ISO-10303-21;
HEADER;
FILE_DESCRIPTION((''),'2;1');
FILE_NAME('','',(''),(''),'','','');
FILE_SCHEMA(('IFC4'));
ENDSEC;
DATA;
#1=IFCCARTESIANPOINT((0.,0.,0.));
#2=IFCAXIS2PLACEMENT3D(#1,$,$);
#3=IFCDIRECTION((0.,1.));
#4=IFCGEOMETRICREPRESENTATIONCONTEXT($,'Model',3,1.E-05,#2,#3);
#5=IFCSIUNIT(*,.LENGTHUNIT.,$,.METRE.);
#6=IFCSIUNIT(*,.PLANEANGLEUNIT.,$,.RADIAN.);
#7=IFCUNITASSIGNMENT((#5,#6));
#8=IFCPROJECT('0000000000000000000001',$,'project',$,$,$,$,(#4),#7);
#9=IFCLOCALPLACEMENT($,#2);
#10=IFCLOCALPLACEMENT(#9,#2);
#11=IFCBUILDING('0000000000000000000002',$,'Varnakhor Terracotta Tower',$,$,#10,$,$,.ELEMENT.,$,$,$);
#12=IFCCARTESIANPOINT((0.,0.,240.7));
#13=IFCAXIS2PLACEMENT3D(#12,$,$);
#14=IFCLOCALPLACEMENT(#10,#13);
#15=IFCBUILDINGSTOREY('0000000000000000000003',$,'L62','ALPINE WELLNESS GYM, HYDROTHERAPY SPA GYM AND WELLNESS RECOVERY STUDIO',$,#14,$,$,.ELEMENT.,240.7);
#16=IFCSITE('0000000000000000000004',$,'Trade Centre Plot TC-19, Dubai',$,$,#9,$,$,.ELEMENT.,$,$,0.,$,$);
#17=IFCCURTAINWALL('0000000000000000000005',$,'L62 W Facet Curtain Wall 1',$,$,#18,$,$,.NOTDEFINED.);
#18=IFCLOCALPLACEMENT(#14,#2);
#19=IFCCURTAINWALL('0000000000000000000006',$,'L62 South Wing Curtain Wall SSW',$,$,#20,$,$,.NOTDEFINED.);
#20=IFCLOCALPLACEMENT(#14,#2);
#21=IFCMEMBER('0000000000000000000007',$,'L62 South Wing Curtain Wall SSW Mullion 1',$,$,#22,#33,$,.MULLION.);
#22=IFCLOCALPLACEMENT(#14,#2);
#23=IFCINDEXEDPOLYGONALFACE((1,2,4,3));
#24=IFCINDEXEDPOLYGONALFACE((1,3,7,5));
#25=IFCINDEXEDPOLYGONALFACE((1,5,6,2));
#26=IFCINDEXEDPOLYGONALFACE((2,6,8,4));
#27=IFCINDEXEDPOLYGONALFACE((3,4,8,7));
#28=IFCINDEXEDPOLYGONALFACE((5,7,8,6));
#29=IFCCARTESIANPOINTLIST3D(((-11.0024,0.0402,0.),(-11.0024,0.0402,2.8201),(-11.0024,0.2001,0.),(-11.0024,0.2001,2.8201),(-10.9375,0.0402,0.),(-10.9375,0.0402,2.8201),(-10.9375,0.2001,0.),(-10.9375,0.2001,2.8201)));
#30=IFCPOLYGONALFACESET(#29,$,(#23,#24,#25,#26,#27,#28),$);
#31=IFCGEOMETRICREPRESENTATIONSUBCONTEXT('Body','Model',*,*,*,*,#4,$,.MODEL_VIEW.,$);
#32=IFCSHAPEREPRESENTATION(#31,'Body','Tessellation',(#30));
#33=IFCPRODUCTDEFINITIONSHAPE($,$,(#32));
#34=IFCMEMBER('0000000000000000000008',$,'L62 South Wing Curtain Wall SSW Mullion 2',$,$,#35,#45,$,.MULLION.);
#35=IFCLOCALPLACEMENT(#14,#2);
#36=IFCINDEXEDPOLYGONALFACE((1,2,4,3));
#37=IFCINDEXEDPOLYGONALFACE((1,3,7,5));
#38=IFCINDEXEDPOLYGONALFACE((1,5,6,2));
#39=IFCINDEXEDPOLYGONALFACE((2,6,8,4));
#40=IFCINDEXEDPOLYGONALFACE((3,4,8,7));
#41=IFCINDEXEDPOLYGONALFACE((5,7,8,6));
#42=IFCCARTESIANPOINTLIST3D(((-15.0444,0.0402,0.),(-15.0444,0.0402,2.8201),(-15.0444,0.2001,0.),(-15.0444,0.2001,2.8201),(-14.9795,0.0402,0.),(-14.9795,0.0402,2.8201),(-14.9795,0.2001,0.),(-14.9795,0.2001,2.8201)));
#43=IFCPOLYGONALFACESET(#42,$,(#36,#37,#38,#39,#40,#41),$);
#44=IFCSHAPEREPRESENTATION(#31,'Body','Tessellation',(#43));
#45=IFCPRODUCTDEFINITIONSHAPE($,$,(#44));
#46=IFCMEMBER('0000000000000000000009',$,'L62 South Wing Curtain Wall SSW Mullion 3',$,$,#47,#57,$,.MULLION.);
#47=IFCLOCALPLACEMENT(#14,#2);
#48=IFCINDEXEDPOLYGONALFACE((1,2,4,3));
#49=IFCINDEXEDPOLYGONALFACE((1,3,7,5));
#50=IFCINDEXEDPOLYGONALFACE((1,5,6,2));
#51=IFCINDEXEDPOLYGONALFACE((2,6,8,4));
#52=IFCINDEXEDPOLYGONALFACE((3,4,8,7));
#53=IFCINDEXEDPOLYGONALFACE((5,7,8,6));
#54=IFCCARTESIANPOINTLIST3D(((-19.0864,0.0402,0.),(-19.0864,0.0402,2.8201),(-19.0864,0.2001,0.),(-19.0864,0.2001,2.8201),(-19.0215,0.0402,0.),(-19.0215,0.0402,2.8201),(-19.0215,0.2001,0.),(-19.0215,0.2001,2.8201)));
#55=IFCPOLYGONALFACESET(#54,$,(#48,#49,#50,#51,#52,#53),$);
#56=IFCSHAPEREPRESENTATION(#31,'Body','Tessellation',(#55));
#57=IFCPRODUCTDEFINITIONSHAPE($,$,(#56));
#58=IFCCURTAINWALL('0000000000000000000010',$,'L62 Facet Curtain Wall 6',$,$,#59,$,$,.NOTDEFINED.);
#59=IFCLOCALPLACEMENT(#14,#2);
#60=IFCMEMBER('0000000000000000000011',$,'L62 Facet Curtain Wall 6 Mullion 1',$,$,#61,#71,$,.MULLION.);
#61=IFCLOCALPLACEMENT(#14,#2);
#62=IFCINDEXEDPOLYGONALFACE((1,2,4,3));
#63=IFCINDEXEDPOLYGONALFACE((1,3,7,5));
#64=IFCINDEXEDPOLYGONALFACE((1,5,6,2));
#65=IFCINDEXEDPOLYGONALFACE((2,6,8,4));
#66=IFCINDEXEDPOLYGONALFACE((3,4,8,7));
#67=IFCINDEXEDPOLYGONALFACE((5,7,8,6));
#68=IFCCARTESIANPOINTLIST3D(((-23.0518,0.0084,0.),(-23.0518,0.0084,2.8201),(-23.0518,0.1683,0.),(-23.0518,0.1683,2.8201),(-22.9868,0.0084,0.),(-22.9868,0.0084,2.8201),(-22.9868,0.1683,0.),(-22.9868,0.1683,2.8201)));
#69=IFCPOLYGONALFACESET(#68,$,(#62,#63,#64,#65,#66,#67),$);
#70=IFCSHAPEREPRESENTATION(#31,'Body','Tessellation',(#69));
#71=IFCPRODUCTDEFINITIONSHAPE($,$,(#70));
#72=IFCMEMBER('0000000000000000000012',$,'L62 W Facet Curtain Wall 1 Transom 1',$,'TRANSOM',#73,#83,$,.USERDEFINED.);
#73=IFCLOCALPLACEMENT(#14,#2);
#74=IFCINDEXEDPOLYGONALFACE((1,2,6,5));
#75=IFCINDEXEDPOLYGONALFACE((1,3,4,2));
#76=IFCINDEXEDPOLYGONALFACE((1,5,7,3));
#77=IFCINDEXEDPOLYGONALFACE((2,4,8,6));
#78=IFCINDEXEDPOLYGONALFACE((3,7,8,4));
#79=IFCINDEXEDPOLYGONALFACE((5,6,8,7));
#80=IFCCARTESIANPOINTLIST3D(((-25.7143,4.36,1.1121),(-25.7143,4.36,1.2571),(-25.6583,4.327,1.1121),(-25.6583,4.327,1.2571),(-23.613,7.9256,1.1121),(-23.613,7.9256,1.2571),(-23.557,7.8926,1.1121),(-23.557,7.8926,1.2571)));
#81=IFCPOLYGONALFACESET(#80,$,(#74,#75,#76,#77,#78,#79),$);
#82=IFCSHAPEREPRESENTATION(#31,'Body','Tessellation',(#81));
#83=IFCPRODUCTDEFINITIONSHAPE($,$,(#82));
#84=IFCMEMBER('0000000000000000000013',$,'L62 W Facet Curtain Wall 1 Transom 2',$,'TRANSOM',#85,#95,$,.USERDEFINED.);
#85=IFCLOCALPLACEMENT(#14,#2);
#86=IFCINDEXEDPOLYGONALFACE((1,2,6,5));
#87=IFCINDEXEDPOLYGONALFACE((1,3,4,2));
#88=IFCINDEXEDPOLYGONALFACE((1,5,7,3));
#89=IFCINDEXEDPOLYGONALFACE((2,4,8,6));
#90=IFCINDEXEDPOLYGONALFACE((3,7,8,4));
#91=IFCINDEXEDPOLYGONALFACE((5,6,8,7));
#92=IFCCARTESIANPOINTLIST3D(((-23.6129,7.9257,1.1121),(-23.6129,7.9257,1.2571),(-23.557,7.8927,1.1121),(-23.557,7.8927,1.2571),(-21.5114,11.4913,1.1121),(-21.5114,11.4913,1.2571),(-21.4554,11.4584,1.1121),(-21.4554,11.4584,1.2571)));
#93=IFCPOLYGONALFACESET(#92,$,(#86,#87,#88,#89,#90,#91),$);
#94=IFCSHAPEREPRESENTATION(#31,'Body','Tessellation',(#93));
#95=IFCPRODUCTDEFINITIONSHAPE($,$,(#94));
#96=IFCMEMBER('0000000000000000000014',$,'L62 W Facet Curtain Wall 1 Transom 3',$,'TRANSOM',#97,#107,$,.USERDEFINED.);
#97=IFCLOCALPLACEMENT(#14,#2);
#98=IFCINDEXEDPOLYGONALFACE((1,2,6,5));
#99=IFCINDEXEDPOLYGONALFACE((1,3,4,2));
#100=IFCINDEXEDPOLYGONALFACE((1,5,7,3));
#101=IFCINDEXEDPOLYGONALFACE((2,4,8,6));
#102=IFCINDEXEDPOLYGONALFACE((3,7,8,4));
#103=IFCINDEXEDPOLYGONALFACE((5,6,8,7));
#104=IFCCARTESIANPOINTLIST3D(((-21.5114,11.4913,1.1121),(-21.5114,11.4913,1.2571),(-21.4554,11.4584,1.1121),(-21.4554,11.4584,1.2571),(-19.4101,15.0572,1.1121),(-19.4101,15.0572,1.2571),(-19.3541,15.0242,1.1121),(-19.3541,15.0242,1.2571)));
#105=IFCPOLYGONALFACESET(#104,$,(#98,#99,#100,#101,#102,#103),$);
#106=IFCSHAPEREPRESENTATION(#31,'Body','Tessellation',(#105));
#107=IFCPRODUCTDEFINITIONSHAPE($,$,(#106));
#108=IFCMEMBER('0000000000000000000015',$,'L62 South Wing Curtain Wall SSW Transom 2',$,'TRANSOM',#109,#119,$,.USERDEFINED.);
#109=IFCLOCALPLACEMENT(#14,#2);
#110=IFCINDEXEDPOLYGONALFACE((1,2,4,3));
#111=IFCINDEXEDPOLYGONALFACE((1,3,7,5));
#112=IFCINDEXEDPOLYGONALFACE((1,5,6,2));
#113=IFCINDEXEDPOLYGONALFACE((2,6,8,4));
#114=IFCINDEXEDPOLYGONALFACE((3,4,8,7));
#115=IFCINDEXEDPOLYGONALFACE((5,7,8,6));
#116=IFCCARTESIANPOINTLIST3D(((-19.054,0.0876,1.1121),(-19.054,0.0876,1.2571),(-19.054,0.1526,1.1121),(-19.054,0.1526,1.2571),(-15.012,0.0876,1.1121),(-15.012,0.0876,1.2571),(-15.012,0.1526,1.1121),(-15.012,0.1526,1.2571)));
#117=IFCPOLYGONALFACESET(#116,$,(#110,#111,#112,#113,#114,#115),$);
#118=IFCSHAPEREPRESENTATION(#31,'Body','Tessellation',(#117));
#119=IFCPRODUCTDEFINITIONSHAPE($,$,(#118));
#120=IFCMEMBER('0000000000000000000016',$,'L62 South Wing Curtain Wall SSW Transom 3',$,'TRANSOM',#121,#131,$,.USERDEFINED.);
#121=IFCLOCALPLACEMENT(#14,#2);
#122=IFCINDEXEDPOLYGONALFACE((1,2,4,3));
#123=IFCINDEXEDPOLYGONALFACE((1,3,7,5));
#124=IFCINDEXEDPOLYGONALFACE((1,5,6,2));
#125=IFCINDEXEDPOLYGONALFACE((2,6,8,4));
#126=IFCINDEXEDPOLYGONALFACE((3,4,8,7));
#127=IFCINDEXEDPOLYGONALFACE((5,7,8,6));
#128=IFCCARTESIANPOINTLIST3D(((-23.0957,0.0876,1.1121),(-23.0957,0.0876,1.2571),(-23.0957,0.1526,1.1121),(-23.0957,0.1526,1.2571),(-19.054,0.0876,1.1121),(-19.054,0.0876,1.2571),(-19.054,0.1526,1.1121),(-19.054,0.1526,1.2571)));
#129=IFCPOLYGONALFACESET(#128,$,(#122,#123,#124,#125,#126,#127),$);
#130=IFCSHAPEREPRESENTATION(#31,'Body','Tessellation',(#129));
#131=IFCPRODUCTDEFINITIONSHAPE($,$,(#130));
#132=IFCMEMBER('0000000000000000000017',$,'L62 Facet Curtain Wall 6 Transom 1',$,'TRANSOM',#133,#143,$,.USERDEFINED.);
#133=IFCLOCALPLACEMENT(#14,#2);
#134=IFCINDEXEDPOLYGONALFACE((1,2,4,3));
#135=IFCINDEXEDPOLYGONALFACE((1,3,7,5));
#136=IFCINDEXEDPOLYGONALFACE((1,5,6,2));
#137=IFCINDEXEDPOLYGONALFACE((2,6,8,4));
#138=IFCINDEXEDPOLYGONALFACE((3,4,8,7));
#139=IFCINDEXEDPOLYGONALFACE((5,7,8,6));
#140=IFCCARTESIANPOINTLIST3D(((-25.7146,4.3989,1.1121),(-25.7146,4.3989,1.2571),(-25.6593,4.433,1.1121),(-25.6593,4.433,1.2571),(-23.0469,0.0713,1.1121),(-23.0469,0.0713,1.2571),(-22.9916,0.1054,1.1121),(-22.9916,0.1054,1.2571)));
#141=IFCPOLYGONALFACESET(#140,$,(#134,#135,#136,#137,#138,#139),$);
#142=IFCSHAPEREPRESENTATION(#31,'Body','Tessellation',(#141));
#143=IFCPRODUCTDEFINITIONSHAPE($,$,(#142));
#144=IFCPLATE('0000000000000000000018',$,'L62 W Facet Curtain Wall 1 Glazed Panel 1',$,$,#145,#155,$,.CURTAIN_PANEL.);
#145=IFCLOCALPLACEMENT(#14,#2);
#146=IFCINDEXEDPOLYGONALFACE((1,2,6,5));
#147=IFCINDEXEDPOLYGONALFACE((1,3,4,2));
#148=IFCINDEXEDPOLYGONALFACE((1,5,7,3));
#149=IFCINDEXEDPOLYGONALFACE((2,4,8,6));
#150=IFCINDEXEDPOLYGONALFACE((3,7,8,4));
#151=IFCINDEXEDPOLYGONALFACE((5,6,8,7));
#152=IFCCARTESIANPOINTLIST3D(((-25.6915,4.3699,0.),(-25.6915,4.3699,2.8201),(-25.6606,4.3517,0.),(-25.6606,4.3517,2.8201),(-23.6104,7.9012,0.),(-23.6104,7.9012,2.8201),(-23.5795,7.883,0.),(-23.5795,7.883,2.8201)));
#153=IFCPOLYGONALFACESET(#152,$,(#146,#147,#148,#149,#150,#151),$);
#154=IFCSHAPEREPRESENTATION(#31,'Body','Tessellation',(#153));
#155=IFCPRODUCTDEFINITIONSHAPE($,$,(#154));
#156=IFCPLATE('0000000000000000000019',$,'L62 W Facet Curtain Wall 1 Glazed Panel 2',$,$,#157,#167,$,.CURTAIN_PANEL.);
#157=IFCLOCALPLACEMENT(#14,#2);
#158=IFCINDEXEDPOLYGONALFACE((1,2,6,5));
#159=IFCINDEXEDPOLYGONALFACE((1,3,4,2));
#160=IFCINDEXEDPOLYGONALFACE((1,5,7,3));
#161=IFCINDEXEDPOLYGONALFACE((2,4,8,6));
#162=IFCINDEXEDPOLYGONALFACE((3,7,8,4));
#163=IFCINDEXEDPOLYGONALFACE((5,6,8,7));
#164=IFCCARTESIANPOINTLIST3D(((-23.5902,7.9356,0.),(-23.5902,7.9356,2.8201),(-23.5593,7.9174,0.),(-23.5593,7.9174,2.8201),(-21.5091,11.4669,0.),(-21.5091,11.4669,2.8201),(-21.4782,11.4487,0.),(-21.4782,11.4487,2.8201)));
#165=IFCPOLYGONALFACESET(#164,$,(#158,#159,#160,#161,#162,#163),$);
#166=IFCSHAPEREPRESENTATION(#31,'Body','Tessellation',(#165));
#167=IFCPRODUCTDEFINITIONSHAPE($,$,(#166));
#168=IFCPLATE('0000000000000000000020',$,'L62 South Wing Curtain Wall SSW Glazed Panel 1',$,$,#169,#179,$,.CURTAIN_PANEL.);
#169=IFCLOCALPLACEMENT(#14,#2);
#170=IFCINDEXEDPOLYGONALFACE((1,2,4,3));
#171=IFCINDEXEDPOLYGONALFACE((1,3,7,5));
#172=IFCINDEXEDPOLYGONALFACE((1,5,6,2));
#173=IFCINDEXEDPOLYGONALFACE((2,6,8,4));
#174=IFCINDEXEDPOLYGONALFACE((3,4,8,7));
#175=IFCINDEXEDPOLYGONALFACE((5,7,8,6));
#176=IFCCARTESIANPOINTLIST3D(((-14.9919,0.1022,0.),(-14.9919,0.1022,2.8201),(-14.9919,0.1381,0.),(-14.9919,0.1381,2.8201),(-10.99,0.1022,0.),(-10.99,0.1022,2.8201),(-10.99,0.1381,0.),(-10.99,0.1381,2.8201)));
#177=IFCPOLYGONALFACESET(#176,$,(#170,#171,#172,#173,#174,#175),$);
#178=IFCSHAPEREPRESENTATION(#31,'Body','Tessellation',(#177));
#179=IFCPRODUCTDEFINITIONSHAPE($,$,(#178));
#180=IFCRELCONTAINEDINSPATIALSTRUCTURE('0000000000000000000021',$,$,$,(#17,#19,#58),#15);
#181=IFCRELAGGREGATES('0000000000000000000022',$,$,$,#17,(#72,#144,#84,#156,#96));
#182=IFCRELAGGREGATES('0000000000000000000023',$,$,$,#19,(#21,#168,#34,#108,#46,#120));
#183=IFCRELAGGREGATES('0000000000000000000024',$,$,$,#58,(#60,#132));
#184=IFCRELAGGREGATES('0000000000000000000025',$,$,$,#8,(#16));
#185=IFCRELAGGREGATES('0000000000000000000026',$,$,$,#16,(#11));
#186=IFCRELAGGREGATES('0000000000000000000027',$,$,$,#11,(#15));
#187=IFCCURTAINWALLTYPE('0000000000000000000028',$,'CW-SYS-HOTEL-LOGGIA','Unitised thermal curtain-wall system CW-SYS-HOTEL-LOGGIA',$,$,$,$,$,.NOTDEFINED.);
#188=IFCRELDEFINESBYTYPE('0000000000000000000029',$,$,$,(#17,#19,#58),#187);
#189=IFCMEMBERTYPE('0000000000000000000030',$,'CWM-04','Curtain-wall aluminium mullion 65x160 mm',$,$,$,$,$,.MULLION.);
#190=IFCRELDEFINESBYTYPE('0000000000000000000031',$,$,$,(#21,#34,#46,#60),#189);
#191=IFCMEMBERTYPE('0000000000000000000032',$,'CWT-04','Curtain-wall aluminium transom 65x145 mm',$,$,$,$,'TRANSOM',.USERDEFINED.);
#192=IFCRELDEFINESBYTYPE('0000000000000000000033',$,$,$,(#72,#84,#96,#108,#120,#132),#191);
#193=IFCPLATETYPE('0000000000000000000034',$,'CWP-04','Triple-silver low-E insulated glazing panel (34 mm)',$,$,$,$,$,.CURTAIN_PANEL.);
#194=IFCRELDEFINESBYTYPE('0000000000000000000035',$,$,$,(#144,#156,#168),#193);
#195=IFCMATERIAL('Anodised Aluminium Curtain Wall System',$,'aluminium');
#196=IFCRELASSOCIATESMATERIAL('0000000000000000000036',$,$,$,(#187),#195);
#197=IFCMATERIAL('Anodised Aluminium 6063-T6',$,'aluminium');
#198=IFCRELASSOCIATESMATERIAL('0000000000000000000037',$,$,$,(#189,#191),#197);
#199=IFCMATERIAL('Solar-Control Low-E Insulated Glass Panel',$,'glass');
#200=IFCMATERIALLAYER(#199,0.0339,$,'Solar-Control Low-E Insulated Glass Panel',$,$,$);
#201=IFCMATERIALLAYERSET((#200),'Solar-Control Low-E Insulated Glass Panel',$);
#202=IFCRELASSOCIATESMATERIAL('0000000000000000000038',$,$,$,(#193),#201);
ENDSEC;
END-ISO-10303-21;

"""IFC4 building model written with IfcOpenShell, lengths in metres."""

from ifc_helpers import new_model, si_unit, direction, frame, origin, origin_2d, place, context, subcontext, project, spatial, rectangle, extrude, source, transform, mapped, material, layer, layer_set, material_profile, profile_set, type_object, type_shapes, element, aggregate, save


model = new_model("IFC4")

# Units and contexts
model_context = context("Model", 3, precision=1e-05, world=origin(), true_north=direction((0.0, 1.0)))
body_context = subcontext(model_context, "Body", "Model", "MODEL_VIEW")
ifc_project = project(units=[si_unit("LENGTHUNIT", "METRE"), si_unit("PLANEANGLEUNIT", "RADIAN")], contexts=[model_context])

# Site, building, storey
site_placement = place(None, origin())
site = spatial("IfcSite", under=ifc_project, at=site_placement, Name="Trade Centre Plot TC-19, Dubai", CompositionType="ELEMENT", RefElevation=0.0)
building_placement = place(site_placement, origin())
building = spatial("IfcBuilding", under=site, at=building_placement, Name="Varnakhor Terracotta Tower", CompositionType="ELEMENT")
storey_placement = place(building_placement, frame((0.0, 0.0, 240.7)))
storey = spatial("IfcBuildingStorey", under=building, at=storey_placement, Name="L62", Description="ALPINE WELLNESS GYM, HYDROTHERAPY SPA GYM AND WELLNESS RECOVERY STUDIO", CompositionType="ELEMENT", Elevation=240.7)

# Curtain walls, members
ifc_material_1 = material(Name="Anodised Aluminium Curtain Wall System", Category="aluminium")
curtain_wall_type = type_object("IfcCurtainWallType", Name="CW-SYS-HOTEL-LOGGIA", Description="Unitised thermal curtain-wall system CW-SYS-HOTEL-LOGGIA", PredefinedType="NOTDEFINED", material=ifc_material_1)
curtain_wall_1_placement = place(storey_placement, origin())
curtain_wall_1 = element("IfcCurtainWall", 1, at=curtain_wall_1_placement, inside=storey, type_object=curtain_wall_type, Name="L62 W Facet Curtain Wall 1", PredefinedType="NOTDEFINED")
ifc_material_2 = material(Name="Anodised Aluminium 6063-T6", Category="aluminium")
ifc_material_profile_1 = material_profile(ifc_material_2, rectangle(XDim=0.0649, YDim=0.1599, at=origin_2d()), Name="ALU MULLION 65x160")
ifc_profile_set_1 = profile_set([ifc_material_profile_1], Name="Anodised Aluminium 6063-T6")
member_type_1 = type_object("IfcMemberType", Name="CWM-04", Description="Curtain-wall aluminium mullion 65x160 mm", PredefinedType="MULLION", material=ifc_profile_set_1)
shared_shape_1 = source(origin(), body_context, "Body", "SweptSolid", [
    extrude(rectangle(XDim=0.0649, YDim=0.1599, at=origin_2d()), origin(), (0.0, 0.0, 1.0), 2.8201),
])
type_shapes(member_type_1, [shared_shape_1])
curtain_wall_2_placement = place(storey_placement, origin())
curtain_wall_2 = element("IfcCurtainWall", 2, at=curtain_wall_2_placement, inside=storey, type_object=curtain_wall_type, Name="L62 South Wing Curtain Wall SSW", PredefinedType="NOTDEFINED")
member_1_placement = place(storey_placement, frame((-10.97, 0.1201, 0.0), z_axis=(0.0, 0.0, 1.0), x_axis=(1.0, 0.0, 0.0)))
member_1 = element("IfcMember", 3, at=member_1_placement, type_object=member_type_1, Name="L62 South Wing Curtain Wall SSW Mullion 1", PredefinedType="MULLION", context=body_context, shape_type="MappedRepresentation", body=[
    mapped(shared_shape_1, transform((0.0, 0.0, 0.0), scale=1.0)),
])
member_2_placement = place(storey_placement, frame((-15.012, 0.1201, 0.0), z_axis=(0.0, 0.0, 1.0), x_axis=(1.0, 0.0, 0.0)))
member_2 = element("IfcMember", 4, at=member_2_placement, type_object=member_type_1, Name="L62 South Wing Curtain Wall SSW Mullion 2", PredefinedType="MULLION", context=body_context, shape_type="MappedRepresentation", body=[
    mapped(shared_shape_1, transform((0.0, 0.0, 0.0), scale=1.0)),
])
member_3_placement = place(storey_placement, frame((-19.054, 0.1201, 0.0), z_axis=(0.0, 0.0, 1.0), x_axis=(1.0, 0.0, 0.0)))
member_3 = element("IfcMember", 5, at=member_3_placement, type_object=member_type_1, Name="L62 South Wing Curtain Wall SSW Mullion 3", PredefinedType="MULLION", context=body_context, shape_type="MappedRepresentation", body=[
    mapped(shared_shape_1, transform((0.0, 0.0, 0.0), scale=1.0)),
])

# Curtain wall, member
curtain_wall_3_placement = place(storey_placement, origin())
curtain_wall_3 = element("IfcCurtainWall", 6, at=curtain_wall_3_placement, inside=storey, type_object=curtain_wall_type, Name="L62 Facet Curtain Wall 6", PredefinedType="NOTDEFINED")
member_4_placement = place(storey_placement, frame((-23.0193, 0.0884, 0.0), z_axis=(0.0, 0.0, 1.0), x_axis=(1.0, 0.0, 0.0)))
member_4 = element("IfcMember", 7, at=member_4_placement, type_object=member_type_1, Name="L62 Facet Curtain Wall 6 Mullion 1", PredefinedType="MULLION", context=body_context, shape_type="MappedRepresentation", body=[
    mapped(shared_shape_1, transform((0.0, 0.0, 0.0), scale=1.0)),
])

# Members
ifc_material_profile_2 = material_profile(ifc_material_2, rectangle(XDim=0.0649, YDim=0.145, at=origin_2d()), Name="ALU TRANSOM 65x145")
ifc_profile_set_2 = profile_set([ifc_material_profile_2], Name="Anodised Aluminium 6063-T6")
member_type_2 = type_object("IfcMemberType", Name="CWT-04", Description="Curtain-wall aluminium transom 65x145 mm", ElementType="TRANSOM", PredefinedType="USERDEFINED", material=ifc_profile_set_2)
shared_shape_2 = source(origin(), body_context, "Body", "SweptSolid", [
    extrude(rectangle(XDim=0.0649, YDim=0.145, at=origin_2d()), origin(), (0.0, 0.0, 1.0), 4.1387),
])
member_5_placement = place(storey_placement, frame((-25.6863, 4.3435, 1.1846), z_axis=(0.507713, 0.861526, 0.0), x_axis=(-0.861526, 0.507713, 0.0)))
member_5 = element("IfcMember", 8, at=member_5_placement, type_object=member_type_2, Name="L62 W Facet Curtain Wall 1 Transom 1", ObjectType="TRANSOM", PredefinedType="USERDEFINED", context=body_context, shape_type="MappedRepresentation", body=[
    mapped(shared_shape_2, transform((0.0, 0.0, 0.0), scale=1.0)),
])
shared_shape_3 = source(origin(), body_context, "Body", "SweptSolid", [
    extrude(rectangle(XDim=0.0649, YDim=0.145, at=origin_2d()), origin(), (0.0, 0.0, 1.0), 4.1389),
])
member_6_placement = place(storey_placement, frame((-23.585, 7.9092, 1.1846), z_axis=(0.507757, 0.8615, 0.0), x_axis=(-0.8615, 0.507757, 0.0)))
member_6 = element("IfcMember", 9, at=member_6_placement, type_object=member_type_2, Name="L62 W Facet Curtain Wall 1 Transom 2", ObjectType="TRANSOM", PredefinedType="USERDEFINED", context=body_context, shape_type="MappedRepresentation", body=[
    mapped(shared_shape_3, transform((0.0, 0.0, 0.0), scale=1.0)),
])
member_7_placement = place(storey_placement, frame((-21.4834, 11.4749, 1.1846), z_axis=(0.507688, 0.861541, 0.0), x_axis=(-0.861541, 0.507688, 0.0)))
member_7 = element("IfcMember", 10, at=member_7_placement, type_object=member_type_2, Name="L62 W Facet Curtain Wall 1 Transom 3", ObjectType="TRANSOM", PredefinedType="USERDEFINED", context=body_context, shape_type="MappedRepresentation", body=[
    mapped(shared_shape_3, transform((0.0, 0.0, 0.0), scale=1.0)),
])
shared_shape_4 = source(origin(), body_context, "Body", "SweptSolid", [
    extrude(rectangle(XDim=0.0649, YDim=0.145, at=origin_2d()), origin(), (0.0, 0.0, 1.0), 4.042),
])
member_8_placement = place(storey_placement, frame((-15.012, 0.1201, 1.1846), z_axis=(-1.0, 0.0, 0.0), x_axis=(0.0, -1.0, 0.0)))
member_8 = element("IfcMember", 11, at=member_8_placement, type_object=member_type_2, Name="L62 South Wing Curtain Wall SSW Transom 2", ObjectType="TRANSOM", PredefinedType="USERDEFINED", context=body_context, shape_type="MappedRepresentation", body=[
    mapped(shared_shape_4, transform((0.0, 0.0, 0.0), scale=1.0)),
])
shared_shape_5 = source(origin(), body_context, "Body", "SweptSolid", [
    extrude(rectangle(XDim=0.0649, YDim=0.145, at=origin_2d()), origin(), (0.0, 0.0, 1.0), 4.0417),
])
member_9_placement = place(storey_placement, frame((-19.054, 0.1201, 1.1846), z_axis=(-1.0, 0.0, 0.0), x_axis=(0.0, -1.0, 0.0)))
member_9 = element("IfcMember", 12, at=member_9_placement, type_object=member_type_2, Name="L62 South Wing Curtain Wall SSW Transom 3", ObjectType="TRANSOM", PredefinedType="USERDEFINED", context=body_context, shape_type="MappedRepresentation", body=[
    mapped(shared_shape_5, transform((0.0, 0.0, 0.0), scale=1.0)),
])
shared_shape_6 = source(origin(), body_context, "Body", "SweptSolid", [
    extrude(rectangle(XDim=0.0649, YDim=0.145, at=origin_2d()), origin(), (0.0, 0.0, 1.0), 5.0837),
])
member_10_placement = place(storey_placement, frame((-23.0193, 0.0884, 1.1846), z_axis=(-0.524748, 0.851257, 0.0), x_axis=(-0.851257, -0.524748, 0.0)))
member_10 = element("IfcMember", 13, at=member_10_placement, type_object=member_type_2, Name="L62 Facet Curtain Wall 6 Transom 1", ObjectType="TRANSOM", PredefinedType="USERDEFINED", context=body_context, shape_type="MappedRepresentation", body=[
    mapped(shared_shape_6, transform((0.0, 0.0, 0.0), scale=1.0)),
])

# Plates
ifc_material_3 = material(Name="Solar-Control Low-E Insulated Glass Panel", Category="glass")
ifc_layer_1 = layer(ifc_material_3, 0.0339, Name="Solar-Control Low-E Insulated Glass Panel")
ifc_layer_set_1 = layer_set([ifc_layer_1], Name="Solar-Control Low-E Insulated Glass Panel")
plate_type = type_object("IfcPlateType", Name="CWP-04", Description="Triple-silver low-E insulated glazing panel (34 mm)", PredefinedType="CURTAIN_PANEL", material=ifc_layer_set_1)
shared_shape_7 = source(origin(), body_context, "Body", "SweptSolid", [
    extrude(rectangle(XDim=4.0989, YDim=0.0359, at=origin_2d()), origin(), (0.0, 0.0, 1.0), 2.8201),
])
plate_1_placement = place(storey_placement, frame((-24.6355, 6.1265, 0.0), z_axis=(0.0, 0.0, 1.0), x_axis=(0.507719, 0.861523, 0.0)))
plate_1 = element("IfcPlate", 14, at=plate_1_placement, type_object=plate_type, Name="L62 W Facet Curtain Wall 1 Glazed Panel 1", PredefinedType="CURTAIN_PANEL", context=body_context, shape_type="MappedRepresentation", body=[
    mapped(shared_shape_7, transform((0.0, 0.0, 0.0), scale=1.0)),
])
plate_2_placement = place(storey_placement, frame((-22.5342, 9.6921, 0.0), z_axis=(0.0, 0.0, 1.0), x_axis=(0.507719, 0.861523, 0.0)))
plate_2 = element("IfcPlate", 15, at=plate_2_placement, type_object=plate_type, Name="L62 W Facet Curtain Wall 1 Glazed Panel 2", PredefinedType="CURTAIN_PANEL", context=body_context, shape_type="MappedRepresentation", body=[
    mapped(shared_shape_7, transform((0.0, 0.0, 0.0), scale=1.0)),
])
aggregate(curtain_wall_1, [member_5, plate_1, member_6, plate_2, member_7])
shared_shape_8 = source(origin(), body_context, "Body", "SweptSolid", [
    extrude(rectangle(XDim=4.002, YDim=0.0359, at=origin_2d()), origin(), (0.0, 0.0, 1.0), 2.8201),
])
plate_3_placement = place(storey_placement, frame((-12.991, 0.1201, 0.0), z_axis=(0.0, 0.0, 1.0), x_axis=(-1.0, 0.0, 0.0)))
plate_3 = element("IfcPlate", 16, at=plate_3_placement, type_object=plate_type, Name="L62 South Wing Curtain Wall SSW Glazed Panel 1", PredefinedType="CURTAIN_PANEL", context=body_context, shape_type="MappedRepresentation", body=[
    mapped(shared_shape_8, transform((0.0, 0.0, 0.0), scale=1.0)),
])
aggregate(curtain_wall_2, [member_1, plate_3, member_2, member_8, member_3, member_9])
aggregate(curtain_wall_3, [member_4, member_10])

save(model, "model.ifc")
